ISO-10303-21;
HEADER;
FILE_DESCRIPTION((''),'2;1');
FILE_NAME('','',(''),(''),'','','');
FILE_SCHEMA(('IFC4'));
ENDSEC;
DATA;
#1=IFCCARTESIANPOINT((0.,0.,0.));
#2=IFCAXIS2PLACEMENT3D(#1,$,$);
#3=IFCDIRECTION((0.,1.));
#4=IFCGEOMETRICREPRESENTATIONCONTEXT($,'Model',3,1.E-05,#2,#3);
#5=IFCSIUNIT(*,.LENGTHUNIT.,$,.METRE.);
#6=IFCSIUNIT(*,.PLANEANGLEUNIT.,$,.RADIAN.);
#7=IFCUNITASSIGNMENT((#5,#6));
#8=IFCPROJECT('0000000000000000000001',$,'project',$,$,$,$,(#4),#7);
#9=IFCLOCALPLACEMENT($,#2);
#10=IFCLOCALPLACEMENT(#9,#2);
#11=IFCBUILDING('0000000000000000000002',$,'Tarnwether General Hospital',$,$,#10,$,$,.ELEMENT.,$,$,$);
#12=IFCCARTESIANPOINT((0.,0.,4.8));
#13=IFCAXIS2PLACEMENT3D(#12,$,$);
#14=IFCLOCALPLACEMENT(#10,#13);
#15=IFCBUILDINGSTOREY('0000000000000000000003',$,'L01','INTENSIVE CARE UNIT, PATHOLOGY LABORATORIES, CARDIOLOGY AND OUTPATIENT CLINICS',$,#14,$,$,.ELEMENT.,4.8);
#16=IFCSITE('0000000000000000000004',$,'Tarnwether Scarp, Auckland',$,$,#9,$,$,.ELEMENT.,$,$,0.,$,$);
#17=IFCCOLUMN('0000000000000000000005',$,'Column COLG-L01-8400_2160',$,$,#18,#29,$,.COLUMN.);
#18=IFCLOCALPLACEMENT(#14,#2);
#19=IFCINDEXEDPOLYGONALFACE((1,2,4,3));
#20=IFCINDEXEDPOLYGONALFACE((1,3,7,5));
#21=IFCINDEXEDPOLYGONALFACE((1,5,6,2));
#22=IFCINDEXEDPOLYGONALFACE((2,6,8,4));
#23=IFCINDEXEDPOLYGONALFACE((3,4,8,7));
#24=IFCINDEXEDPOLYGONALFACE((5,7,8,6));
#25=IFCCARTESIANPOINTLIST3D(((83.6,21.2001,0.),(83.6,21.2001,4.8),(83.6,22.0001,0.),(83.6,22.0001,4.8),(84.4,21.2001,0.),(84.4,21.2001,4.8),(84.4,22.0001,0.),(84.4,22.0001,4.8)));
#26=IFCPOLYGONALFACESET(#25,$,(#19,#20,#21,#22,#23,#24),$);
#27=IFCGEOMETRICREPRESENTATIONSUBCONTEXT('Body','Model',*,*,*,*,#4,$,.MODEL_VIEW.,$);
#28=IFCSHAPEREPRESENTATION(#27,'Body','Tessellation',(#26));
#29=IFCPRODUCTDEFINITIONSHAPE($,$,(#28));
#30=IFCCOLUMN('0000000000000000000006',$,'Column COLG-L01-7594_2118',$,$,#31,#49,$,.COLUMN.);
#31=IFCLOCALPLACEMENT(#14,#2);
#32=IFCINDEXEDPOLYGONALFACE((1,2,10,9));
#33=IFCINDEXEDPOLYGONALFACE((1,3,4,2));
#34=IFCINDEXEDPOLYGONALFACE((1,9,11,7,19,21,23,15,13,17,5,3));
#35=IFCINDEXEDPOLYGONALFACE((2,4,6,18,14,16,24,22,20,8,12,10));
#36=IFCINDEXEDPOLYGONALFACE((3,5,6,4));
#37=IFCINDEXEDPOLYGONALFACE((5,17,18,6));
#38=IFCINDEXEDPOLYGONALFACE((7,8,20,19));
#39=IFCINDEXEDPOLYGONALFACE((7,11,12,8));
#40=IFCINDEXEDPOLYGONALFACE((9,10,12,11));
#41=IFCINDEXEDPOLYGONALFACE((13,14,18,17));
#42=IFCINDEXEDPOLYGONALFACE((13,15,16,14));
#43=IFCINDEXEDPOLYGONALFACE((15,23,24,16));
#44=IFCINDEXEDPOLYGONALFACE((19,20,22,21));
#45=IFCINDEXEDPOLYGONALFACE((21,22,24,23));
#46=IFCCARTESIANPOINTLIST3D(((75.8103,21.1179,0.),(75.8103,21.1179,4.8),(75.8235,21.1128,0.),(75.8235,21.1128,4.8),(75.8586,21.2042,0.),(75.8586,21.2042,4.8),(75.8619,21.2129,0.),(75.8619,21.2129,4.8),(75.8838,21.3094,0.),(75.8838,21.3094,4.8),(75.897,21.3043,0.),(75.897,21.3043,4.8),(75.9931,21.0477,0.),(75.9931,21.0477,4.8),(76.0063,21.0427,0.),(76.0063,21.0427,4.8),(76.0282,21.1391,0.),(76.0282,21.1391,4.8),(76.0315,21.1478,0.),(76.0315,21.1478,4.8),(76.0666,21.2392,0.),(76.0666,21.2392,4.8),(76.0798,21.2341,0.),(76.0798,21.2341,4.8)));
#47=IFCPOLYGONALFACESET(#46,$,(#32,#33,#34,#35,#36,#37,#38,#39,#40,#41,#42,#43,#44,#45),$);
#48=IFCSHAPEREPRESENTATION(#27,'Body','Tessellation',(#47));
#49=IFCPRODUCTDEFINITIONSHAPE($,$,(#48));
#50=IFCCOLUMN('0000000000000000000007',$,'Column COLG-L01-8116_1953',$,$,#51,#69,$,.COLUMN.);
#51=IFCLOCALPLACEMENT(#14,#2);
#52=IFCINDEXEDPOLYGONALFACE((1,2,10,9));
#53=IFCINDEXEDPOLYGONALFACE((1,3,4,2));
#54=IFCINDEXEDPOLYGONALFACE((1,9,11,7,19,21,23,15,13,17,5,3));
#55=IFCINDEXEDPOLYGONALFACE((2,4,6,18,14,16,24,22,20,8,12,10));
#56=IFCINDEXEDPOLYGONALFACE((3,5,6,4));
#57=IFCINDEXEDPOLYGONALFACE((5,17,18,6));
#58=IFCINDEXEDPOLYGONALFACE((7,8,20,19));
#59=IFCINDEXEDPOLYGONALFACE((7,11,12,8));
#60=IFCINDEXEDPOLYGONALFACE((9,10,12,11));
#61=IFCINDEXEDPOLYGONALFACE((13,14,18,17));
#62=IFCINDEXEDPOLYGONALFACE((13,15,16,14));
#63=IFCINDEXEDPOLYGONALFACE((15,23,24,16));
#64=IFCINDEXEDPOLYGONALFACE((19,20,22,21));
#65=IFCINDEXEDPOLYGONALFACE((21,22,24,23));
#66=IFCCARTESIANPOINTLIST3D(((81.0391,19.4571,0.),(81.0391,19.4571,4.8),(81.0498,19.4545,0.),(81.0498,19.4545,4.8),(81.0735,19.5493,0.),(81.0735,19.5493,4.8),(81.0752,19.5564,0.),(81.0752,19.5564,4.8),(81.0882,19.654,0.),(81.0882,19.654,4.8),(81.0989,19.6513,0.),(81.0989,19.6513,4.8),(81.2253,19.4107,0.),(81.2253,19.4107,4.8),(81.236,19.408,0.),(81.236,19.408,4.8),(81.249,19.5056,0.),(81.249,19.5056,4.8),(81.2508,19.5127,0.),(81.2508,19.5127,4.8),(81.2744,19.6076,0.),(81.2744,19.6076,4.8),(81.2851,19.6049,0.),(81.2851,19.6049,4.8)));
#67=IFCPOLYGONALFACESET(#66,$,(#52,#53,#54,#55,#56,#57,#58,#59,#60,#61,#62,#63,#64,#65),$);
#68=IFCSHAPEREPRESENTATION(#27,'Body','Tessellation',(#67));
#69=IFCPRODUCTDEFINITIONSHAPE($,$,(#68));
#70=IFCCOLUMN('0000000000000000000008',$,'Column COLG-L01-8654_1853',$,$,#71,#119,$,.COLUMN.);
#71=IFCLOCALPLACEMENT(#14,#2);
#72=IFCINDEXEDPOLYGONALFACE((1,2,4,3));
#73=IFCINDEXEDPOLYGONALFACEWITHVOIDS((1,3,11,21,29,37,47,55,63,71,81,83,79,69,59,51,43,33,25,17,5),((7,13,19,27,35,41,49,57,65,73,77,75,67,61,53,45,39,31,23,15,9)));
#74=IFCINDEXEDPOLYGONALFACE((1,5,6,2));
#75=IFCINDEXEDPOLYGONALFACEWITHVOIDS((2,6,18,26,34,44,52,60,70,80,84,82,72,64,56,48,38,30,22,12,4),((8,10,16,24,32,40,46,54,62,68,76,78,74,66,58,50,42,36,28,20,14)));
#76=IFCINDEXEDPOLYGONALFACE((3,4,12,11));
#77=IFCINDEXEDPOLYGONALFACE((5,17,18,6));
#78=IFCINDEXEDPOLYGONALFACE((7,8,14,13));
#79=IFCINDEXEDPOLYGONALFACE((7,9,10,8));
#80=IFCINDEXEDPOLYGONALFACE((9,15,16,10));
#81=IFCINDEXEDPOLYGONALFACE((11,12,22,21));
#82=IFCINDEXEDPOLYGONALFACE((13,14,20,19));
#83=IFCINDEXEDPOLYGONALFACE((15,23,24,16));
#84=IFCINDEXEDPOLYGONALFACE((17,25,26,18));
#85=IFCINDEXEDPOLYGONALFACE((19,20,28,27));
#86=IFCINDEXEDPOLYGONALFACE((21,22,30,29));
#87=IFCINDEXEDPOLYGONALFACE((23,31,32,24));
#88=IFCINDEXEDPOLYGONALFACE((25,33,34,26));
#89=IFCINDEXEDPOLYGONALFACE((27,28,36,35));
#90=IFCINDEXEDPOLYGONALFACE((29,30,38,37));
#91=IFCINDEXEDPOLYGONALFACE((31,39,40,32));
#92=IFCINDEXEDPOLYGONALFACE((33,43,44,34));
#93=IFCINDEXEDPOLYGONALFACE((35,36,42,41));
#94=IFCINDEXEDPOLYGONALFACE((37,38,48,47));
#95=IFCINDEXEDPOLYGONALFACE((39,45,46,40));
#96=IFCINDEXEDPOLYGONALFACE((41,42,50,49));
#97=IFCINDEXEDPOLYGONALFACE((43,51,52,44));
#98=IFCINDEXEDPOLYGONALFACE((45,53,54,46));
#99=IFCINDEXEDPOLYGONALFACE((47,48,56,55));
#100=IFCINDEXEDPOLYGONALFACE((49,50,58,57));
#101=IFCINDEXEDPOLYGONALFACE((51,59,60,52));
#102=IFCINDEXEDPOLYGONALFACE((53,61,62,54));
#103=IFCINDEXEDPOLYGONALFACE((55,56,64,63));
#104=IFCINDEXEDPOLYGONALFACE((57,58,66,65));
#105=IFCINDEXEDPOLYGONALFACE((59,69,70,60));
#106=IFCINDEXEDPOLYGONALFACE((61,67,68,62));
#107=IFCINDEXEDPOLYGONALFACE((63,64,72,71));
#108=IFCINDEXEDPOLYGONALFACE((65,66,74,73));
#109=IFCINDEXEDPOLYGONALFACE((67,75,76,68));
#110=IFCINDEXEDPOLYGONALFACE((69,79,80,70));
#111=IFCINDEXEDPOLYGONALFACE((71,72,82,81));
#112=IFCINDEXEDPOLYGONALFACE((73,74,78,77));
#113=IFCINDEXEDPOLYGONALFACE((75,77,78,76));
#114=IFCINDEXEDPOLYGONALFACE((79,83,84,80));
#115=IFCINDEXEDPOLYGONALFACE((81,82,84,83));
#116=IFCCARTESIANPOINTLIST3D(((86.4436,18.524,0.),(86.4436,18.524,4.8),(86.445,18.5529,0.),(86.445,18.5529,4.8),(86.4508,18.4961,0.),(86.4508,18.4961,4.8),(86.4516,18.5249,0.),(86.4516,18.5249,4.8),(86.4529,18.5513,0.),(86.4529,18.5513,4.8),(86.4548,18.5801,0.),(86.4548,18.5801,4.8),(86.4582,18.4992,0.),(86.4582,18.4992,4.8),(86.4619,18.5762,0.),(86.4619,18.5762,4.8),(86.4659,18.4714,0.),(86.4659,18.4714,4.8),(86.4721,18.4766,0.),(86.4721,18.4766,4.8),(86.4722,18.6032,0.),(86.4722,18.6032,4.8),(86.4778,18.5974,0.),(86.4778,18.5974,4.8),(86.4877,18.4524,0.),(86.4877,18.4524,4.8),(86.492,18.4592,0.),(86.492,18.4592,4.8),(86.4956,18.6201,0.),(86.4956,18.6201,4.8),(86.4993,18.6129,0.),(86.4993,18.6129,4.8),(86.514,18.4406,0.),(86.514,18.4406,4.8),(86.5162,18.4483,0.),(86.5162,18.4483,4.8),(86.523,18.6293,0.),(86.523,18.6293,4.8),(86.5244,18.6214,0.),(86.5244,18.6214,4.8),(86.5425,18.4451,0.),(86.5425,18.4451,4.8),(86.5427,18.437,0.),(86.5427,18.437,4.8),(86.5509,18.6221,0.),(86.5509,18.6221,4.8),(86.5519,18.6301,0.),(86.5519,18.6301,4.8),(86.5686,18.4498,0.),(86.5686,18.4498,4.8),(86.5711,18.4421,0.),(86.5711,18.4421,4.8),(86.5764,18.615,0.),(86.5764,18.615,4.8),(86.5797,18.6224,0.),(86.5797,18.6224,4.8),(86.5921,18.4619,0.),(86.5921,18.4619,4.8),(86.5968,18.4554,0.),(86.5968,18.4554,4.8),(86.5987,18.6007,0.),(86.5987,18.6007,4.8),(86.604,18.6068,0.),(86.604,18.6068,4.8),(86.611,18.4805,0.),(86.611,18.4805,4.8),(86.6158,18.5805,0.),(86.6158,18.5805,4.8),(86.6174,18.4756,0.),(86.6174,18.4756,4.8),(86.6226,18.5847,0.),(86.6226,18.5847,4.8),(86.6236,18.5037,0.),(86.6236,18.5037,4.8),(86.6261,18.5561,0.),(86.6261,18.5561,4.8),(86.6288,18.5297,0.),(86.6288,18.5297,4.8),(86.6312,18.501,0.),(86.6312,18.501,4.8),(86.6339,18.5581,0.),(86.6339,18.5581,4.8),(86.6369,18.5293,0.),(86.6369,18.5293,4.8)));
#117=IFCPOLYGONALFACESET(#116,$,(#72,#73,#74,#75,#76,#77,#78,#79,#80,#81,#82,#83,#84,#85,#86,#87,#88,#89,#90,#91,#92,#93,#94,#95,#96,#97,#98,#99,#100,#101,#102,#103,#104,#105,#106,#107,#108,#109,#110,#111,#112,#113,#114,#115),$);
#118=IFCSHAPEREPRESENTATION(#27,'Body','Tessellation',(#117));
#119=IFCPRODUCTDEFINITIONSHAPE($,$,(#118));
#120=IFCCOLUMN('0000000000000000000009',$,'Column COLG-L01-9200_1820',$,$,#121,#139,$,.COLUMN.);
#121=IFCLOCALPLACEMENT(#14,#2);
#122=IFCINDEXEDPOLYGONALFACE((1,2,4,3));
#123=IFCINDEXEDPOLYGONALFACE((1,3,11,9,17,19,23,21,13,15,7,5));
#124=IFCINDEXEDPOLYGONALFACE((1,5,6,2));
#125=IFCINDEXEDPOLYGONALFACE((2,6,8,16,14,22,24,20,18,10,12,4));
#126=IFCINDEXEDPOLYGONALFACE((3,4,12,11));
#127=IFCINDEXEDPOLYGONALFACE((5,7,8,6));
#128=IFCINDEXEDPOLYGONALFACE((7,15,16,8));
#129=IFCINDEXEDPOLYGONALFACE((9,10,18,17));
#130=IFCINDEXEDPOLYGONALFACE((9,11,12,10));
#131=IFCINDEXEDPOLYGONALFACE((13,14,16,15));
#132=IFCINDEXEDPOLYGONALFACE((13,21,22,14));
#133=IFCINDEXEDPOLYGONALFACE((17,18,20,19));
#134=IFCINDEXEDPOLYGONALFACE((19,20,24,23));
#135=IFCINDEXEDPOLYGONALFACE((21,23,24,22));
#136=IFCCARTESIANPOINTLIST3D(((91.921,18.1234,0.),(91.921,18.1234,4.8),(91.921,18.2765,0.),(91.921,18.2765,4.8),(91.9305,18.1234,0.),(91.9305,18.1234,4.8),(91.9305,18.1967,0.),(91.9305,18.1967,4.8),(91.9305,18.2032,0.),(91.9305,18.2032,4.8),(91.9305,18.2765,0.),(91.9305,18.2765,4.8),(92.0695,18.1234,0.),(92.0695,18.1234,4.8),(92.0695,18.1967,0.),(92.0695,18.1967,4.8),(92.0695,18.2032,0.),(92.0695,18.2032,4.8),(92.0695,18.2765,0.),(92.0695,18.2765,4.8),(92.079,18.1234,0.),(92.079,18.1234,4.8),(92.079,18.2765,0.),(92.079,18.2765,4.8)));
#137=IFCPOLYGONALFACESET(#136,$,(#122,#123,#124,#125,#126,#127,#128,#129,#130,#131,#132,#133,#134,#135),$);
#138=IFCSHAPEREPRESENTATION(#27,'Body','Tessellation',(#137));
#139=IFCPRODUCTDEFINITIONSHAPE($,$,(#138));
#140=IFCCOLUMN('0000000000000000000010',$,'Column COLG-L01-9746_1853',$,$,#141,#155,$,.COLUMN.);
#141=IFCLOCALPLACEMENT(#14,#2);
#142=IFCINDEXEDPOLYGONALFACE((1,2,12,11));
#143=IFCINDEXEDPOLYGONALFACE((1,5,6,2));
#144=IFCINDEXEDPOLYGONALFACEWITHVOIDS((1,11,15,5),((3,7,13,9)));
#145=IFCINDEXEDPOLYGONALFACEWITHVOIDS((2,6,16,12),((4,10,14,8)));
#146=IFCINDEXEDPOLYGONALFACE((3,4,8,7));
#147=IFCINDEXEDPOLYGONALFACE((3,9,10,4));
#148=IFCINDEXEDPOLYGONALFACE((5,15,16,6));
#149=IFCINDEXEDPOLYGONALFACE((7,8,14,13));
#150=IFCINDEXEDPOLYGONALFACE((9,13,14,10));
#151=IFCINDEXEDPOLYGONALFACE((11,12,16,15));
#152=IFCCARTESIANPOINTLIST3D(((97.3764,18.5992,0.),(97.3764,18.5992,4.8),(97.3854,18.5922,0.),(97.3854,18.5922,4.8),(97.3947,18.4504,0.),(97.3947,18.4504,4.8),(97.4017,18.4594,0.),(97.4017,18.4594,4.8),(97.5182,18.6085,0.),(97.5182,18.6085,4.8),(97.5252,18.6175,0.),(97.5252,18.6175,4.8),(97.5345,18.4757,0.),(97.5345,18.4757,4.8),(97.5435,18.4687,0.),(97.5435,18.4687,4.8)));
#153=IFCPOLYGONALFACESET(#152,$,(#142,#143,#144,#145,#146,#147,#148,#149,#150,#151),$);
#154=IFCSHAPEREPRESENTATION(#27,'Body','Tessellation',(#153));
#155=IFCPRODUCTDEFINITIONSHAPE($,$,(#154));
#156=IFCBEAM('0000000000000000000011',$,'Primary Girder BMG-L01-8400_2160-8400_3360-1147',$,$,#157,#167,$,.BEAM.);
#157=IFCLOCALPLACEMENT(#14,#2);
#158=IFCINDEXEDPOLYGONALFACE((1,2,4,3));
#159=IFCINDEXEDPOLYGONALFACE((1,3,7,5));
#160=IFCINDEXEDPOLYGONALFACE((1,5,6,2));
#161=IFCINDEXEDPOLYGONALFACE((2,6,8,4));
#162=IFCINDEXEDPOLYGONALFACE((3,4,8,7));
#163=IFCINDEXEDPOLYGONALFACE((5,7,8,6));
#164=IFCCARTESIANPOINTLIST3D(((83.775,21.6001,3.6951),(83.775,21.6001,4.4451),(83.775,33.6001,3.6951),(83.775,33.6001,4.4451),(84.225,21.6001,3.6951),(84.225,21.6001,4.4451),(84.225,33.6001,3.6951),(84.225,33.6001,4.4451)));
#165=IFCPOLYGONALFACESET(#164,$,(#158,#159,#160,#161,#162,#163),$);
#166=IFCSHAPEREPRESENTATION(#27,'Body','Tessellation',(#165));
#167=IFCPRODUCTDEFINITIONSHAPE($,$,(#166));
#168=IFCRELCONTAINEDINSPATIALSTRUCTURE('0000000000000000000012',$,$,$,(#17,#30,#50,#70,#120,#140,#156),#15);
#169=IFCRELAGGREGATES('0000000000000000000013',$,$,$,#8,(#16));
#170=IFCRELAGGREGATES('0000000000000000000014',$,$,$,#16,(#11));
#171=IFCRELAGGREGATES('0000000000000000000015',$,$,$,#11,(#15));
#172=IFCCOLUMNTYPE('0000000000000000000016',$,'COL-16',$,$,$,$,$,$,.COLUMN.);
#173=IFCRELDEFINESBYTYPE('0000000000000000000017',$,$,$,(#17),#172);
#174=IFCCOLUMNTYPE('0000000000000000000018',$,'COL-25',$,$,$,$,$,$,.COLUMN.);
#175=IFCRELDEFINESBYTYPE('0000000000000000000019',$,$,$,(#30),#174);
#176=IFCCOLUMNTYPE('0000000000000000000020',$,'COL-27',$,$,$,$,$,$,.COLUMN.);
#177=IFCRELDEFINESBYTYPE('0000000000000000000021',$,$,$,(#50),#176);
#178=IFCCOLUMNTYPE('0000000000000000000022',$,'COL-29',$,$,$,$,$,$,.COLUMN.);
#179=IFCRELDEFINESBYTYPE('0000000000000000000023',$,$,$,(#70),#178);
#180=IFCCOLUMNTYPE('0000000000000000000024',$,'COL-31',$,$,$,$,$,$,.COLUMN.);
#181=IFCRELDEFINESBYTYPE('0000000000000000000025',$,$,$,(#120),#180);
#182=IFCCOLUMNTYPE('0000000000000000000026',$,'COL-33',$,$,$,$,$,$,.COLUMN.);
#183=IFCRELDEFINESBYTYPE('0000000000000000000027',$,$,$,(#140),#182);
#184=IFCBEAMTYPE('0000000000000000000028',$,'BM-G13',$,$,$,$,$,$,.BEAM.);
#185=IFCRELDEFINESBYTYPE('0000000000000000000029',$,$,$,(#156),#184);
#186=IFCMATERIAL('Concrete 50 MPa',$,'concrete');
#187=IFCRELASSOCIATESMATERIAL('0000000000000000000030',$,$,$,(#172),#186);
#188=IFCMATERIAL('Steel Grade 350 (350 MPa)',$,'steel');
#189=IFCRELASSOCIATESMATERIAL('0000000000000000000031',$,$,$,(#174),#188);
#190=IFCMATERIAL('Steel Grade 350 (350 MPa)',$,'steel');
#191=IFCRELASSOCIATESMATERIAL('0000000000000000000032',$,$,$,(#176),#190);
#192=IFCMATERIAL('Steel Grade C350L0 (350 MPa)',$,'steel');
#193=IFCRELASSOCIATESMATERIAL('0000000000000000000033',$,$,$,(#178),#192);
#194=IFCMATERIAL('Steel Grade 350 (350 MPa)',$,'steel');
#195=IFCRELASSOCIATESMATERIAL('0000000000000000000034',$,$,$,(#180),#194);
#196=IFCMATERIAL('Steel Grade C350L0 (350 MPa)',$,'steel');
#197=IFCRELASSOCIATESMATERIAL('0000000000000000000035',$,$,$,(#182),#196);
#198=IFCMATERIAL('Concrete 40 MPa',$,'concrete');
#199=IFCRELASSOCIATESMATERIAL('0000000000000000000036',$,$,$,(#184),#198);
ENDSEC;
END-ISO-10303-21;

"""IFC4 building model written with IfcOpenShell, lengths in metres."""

from ifc_helpers import new_model, si_unit, direction, frame, origin, origin_2d, place, context, subcontext, project, spatial, rectangle, hollow_rectangle, hollow_circle, i_section, extrude, material, material_profile, profile_set, type_object, element, save


model = new_model("IFC4")

# Units and contexts
model_context = context("Model", 3, precision=1e-05, world=origin(), true_north=direction((0.0, 1.0)))
body_context = subcontext(model_context, "Body", "Model", "MODEL_VIEW")
ifc_project = project(units=[si_unit("LENGTHUNIT", "METRE"), si_unit("PLANEANGLEUNIT", "RADIAN")], contexts=[model_context])

# Site, building, storey
site_placement = place(None, origin())
site = spatial("IfcSite", under=ifc_project, at=site_placement, Name="Tarnwether Scarp, Auckland", CompositionType="ELEMENT", RefElevation=0.0)
building_placement = place(site_placement, origin())
building = spatial("IfcBuilding", under=site, at=building_placement, Name="Tarnwether General Hospital", CompositionType="ELEMENT")
storey_placement = place(building_placement, frame((0.0, 0.0, 4.8)))
storey = spatial("IfcBuildingStorey", under=building, at=storey_placement, Name="L01", Description="INTENSIVE CARE UNIT, PATHOLOGY LABORATORIES, CARDIOLOGY AND OUTPATIENT CLINICS", CompositionType="ELEMENT", Elevation=4.8)

# Columns
ifc_material_1 = material(Name="Concrete 50 MPa", Category="concrete")
ifc_material_profile_1 = material_profile(ifc_material_1, rectangle(XDim=0.8, YDim=0.8, at=origin_2d()), Name="RC-COL-800x800")
ifc_profile_set_1 = profile_set([ifc_material_profile_1], Name="Concrete 50 MPa")
column_type_1 = type_object("IfcColumnType", Name="COL-16", PredefinedType="COLUMN", material=ifc_profile_set_1)
column_1_placement = place(storey_placement, frame((84.0, 21.6001, 0.0), z_axis=(0.0, 0.0, 1.0), x_axis=(0.0, 1.0, 0.0)))
element("IfcColumn", 1, at=column_1_placement, inside=storey, type_object=column_type_1, Name="Column COLG-L01-8400_2160", PredefinedType="COLUMN", context=body_context, shape_type="SweptSolid", body=[
    extrude(rectangle(XDim=0.8, YDim=0.8, at=origin_2d()), origin(), (0.0, 0.0, 1.0), 4.8),
])
ifc_material_2 = material(Name="Steel Grade 350 (350 MPa)", Category="steel")
ifc_material_profile_2 = material_profile(ifc_material_2, i_section(OverallWidth=0.2051, OverallDepth=0.21, WebThickness=0.0093, FlangeThickness=0.0142, at=origin_2d()), Name="200UC59.5")
ifc_profile_set_2 = profile_set([ifc_material_profile_2], Name="Steel Grade 350 (350 MPa)")
column_type_2 = type_object("IfcColumnType", Name="COL-25", PredefinedType="COLUMN", material=ifc_profile_set_2)
column_2_placement = place(storey_placement, frame((75.9451, 21.176, 0.0), z_axis=(0.0, 0.0, 1.0), x_axis=(0.358368, 0.93358, 0.0)))
element("IfcColumn", 2, at=column_2_placement, inside=storey, type_object=column_type_2, Name="Column COLG-L01-7594_2118", PredefinedType="COLUMN", context=body_context, shape_type="SweptSolid", body=[
    extrude(i_section(OverallWidth=0.2051, OverallDepth=0.21, WebThickness=0.0093, FlangeThickness=0.0142, at=origin_2d()), origin(), (0.0, 0.0, 1.0), 4.8),
])
ifc_material_3 = material(Name="Steel Grade 350 (350 MPa)", Category="steel")
ifc_material_profile_3 = material_profile(ifc_material_3, i_section(OverallWidth=0.2029, OverallDepth=0.2029, WebThickness=0.0073, FlangeThickness=0.011, at=origin_2d()), Name="200UC46.2")
ifc_profile_set_3 = profile_set([ifc_material_profile_3], Name="Steel Grade 350 (350 MPa)")
column_type_3 = type_object("IfcColumnType", Name="COL-27", PredefinedType="COLUMN", material=ifc_profile_set_3)
column_3_placement = place(storey_placement, frame((81.1621, 19.531, 0.0), z_axis=(0.0, 0.0, 1.0), x_axis=(0.241922, 0.970296, 0.0)))
element("IfcColumn", 3, at=column_3_placement, inside=storey, type_object=column_type_3, Name="Column COLG-L01-8116_1953", PredefinedType="COLUMN", context=body_context, shape_type="SweptSolid", body=[
    extrude(i_section(OverallWidth=0.2029, OverallDepth=0.2029, WebThickness=0.0073, FlangeThickness=0.011, at=origin_2d()), origin(), (0.0, 0.0, 1.0), 4.8),
])
ifc_material_4 = material(Name="Steel Grade C350L0 (350 MPa)", Category="steel")
ifc_material_profile_4 = material_profile(ifc_material_4, hollow_circle(Radius=0.0969, WallThickness=0.0081, at=origin_2d()), Name="CHS193.7x8.0")
ifc_profile_set_4 = profile_set([ifc_material_profile_4], Name="Steel Grade C350L0 (350 MPa)")
column_type_4 = type_object("IfcColumnType", Name="COL-29", PredefinedType="COLUMN", material=ifc_profile_set_4)
column_4_placement = place(storey_placement, frame((86.54, 18.5339, 0.0), z_axis=(0.0, 0.0, 1.0), x_axis=(0.121869, 0.992546, 0.0)))
element("IfcColumn", 4, at=column_4_placement, inside=storey, type_object=column_type_4, Name="Column COLG-L01-8654_1853", PredefinedType="COLUMN", context=body_context, shape_type="SweptSolid", body=[
    extrude(hollow_circle(Radius=0.0969, WallThickness=0.0081, at=origin_2d()), origin(), (0.0, 0.0, 1.0), 4.8),
])
ifc_material_5 = material(Name="Steel Grade 350 (350 MPa)", Category="steel")
ifc_material_profile_5 = material_profile(ifc_material_5, i_section(OverallWidth=0.1531, OverallDepth=0.158, WebThickness=0.0066, FlangeThickness=0.0095, at=origin_2d()), Name="150UC30.0")
ifc_profile_set_5 = profile_set([ifc_material_profile_5], Name="Steel Grade 350 (350 MPa)")
column_type_5 = type_object("IfcColumnType", Name="COL-31", PredefinedType="COLUMN", material=ifc_profile_set_5)
column_5_placement = place(storey_placement, frame((92.0, 18.2, 0.0), z_axis=(0.0, 0.0, 1.0), x_axis=(0.0, 1.0, 0.0)))
element("IfcColumn", 5, at=column_5_placement, inside=storey, type_object=column_type_5, Name="Column COLG-L01-9200_1820", PredefinedType="COLUMN", context=body_context, shape_type="SweptSolid", body=[
    extrude(i_section(OverallWidth=0.1531, OverallDepth=0.158, WebThickness=0.0066, FlangeThickness=0.0095, at=origin_2d()), origin(), (0.0, 0.0, 1.0), 4.8),
])
ifc_material_6 = material(Name="Steel Grade C350L0 (350 MPa)", Category="steel")
ifc_material_profile_6 = material_profile(ifc_material_6, hollow_rectangle(XDim=0.1499, YDim=0.1499, WallThickness=0.0081, at=origin_2d()), Name="SHS150x150x8")
ifc_profile_set_6 = profile_set([ifc_material_profile_6], Name="Steel Grade C350L0 (350 MPa)")
column_type_6 = type_object("IfcColumnType", Name="COL-33", PredefinedType="COLUMN", material=ifc_profile_set_6)
column_6_placement = place(storey_placement, frame((97.46, 18.5339, 0.0), z_axis=(0.0, 0.0, 1.0), x_axis=(-0.121869, 0.992546, 0.0)))
element("IfcColumn", 6, at=column_6_placement, inside=storey, type_object=column_type_6, Name="Column COLG-L01-9746_1853", PredefinedType="COLUMN", context=body_context, shape_type="SweptSolid", body=[
    extrude(hollow_rectangle(XDim=0.1499, YDim=0.1499, WallThickness=0.0081, at=origin_2d()), origin(), (0.0, 0.0, 1.0), 4.8),
])

# Beam
ifc_material_7 = material(Name="Concrete 40 MPa", Category="concrete")
ifc_material_profile_7 = material_profile(ifc_material_7, rectangle(XDim=0.45, YDim=0.75, at=origin_2d()), Name="RC-BM-450x750")
ifc_profile_set_7 = profile_set([ifc_material_profile_7], Name="Concrete 40 MPa")
beam_type = type_object("IfcBeamType", Name="BM-G13", PredefinedType="BEAM", material=ifc_profile_set_7)
beam_placement = place(storey_placement, frame((84.0, 21.6001, 4.0701), z_axis=(0.0, 1.0, 0.0), x_axis=(-1.0, 0.0, 0.0)))
element("IfcBeam", 7, at=beam_placement, inside=storey, type_object=beam_type, Name="Primary Girder BMG-L01-8400_2160-8400_3360-1147", PredefinedType="BEAM", context=body_context, shape_type="SweptSolid", body=[
    extrude(rectangle(XDim=0.45, YDim=0.75, at=origin_2d()), origin(), (0.0, 0.0, 1.0), 12.0),
])

save(model, "model.ifc")
